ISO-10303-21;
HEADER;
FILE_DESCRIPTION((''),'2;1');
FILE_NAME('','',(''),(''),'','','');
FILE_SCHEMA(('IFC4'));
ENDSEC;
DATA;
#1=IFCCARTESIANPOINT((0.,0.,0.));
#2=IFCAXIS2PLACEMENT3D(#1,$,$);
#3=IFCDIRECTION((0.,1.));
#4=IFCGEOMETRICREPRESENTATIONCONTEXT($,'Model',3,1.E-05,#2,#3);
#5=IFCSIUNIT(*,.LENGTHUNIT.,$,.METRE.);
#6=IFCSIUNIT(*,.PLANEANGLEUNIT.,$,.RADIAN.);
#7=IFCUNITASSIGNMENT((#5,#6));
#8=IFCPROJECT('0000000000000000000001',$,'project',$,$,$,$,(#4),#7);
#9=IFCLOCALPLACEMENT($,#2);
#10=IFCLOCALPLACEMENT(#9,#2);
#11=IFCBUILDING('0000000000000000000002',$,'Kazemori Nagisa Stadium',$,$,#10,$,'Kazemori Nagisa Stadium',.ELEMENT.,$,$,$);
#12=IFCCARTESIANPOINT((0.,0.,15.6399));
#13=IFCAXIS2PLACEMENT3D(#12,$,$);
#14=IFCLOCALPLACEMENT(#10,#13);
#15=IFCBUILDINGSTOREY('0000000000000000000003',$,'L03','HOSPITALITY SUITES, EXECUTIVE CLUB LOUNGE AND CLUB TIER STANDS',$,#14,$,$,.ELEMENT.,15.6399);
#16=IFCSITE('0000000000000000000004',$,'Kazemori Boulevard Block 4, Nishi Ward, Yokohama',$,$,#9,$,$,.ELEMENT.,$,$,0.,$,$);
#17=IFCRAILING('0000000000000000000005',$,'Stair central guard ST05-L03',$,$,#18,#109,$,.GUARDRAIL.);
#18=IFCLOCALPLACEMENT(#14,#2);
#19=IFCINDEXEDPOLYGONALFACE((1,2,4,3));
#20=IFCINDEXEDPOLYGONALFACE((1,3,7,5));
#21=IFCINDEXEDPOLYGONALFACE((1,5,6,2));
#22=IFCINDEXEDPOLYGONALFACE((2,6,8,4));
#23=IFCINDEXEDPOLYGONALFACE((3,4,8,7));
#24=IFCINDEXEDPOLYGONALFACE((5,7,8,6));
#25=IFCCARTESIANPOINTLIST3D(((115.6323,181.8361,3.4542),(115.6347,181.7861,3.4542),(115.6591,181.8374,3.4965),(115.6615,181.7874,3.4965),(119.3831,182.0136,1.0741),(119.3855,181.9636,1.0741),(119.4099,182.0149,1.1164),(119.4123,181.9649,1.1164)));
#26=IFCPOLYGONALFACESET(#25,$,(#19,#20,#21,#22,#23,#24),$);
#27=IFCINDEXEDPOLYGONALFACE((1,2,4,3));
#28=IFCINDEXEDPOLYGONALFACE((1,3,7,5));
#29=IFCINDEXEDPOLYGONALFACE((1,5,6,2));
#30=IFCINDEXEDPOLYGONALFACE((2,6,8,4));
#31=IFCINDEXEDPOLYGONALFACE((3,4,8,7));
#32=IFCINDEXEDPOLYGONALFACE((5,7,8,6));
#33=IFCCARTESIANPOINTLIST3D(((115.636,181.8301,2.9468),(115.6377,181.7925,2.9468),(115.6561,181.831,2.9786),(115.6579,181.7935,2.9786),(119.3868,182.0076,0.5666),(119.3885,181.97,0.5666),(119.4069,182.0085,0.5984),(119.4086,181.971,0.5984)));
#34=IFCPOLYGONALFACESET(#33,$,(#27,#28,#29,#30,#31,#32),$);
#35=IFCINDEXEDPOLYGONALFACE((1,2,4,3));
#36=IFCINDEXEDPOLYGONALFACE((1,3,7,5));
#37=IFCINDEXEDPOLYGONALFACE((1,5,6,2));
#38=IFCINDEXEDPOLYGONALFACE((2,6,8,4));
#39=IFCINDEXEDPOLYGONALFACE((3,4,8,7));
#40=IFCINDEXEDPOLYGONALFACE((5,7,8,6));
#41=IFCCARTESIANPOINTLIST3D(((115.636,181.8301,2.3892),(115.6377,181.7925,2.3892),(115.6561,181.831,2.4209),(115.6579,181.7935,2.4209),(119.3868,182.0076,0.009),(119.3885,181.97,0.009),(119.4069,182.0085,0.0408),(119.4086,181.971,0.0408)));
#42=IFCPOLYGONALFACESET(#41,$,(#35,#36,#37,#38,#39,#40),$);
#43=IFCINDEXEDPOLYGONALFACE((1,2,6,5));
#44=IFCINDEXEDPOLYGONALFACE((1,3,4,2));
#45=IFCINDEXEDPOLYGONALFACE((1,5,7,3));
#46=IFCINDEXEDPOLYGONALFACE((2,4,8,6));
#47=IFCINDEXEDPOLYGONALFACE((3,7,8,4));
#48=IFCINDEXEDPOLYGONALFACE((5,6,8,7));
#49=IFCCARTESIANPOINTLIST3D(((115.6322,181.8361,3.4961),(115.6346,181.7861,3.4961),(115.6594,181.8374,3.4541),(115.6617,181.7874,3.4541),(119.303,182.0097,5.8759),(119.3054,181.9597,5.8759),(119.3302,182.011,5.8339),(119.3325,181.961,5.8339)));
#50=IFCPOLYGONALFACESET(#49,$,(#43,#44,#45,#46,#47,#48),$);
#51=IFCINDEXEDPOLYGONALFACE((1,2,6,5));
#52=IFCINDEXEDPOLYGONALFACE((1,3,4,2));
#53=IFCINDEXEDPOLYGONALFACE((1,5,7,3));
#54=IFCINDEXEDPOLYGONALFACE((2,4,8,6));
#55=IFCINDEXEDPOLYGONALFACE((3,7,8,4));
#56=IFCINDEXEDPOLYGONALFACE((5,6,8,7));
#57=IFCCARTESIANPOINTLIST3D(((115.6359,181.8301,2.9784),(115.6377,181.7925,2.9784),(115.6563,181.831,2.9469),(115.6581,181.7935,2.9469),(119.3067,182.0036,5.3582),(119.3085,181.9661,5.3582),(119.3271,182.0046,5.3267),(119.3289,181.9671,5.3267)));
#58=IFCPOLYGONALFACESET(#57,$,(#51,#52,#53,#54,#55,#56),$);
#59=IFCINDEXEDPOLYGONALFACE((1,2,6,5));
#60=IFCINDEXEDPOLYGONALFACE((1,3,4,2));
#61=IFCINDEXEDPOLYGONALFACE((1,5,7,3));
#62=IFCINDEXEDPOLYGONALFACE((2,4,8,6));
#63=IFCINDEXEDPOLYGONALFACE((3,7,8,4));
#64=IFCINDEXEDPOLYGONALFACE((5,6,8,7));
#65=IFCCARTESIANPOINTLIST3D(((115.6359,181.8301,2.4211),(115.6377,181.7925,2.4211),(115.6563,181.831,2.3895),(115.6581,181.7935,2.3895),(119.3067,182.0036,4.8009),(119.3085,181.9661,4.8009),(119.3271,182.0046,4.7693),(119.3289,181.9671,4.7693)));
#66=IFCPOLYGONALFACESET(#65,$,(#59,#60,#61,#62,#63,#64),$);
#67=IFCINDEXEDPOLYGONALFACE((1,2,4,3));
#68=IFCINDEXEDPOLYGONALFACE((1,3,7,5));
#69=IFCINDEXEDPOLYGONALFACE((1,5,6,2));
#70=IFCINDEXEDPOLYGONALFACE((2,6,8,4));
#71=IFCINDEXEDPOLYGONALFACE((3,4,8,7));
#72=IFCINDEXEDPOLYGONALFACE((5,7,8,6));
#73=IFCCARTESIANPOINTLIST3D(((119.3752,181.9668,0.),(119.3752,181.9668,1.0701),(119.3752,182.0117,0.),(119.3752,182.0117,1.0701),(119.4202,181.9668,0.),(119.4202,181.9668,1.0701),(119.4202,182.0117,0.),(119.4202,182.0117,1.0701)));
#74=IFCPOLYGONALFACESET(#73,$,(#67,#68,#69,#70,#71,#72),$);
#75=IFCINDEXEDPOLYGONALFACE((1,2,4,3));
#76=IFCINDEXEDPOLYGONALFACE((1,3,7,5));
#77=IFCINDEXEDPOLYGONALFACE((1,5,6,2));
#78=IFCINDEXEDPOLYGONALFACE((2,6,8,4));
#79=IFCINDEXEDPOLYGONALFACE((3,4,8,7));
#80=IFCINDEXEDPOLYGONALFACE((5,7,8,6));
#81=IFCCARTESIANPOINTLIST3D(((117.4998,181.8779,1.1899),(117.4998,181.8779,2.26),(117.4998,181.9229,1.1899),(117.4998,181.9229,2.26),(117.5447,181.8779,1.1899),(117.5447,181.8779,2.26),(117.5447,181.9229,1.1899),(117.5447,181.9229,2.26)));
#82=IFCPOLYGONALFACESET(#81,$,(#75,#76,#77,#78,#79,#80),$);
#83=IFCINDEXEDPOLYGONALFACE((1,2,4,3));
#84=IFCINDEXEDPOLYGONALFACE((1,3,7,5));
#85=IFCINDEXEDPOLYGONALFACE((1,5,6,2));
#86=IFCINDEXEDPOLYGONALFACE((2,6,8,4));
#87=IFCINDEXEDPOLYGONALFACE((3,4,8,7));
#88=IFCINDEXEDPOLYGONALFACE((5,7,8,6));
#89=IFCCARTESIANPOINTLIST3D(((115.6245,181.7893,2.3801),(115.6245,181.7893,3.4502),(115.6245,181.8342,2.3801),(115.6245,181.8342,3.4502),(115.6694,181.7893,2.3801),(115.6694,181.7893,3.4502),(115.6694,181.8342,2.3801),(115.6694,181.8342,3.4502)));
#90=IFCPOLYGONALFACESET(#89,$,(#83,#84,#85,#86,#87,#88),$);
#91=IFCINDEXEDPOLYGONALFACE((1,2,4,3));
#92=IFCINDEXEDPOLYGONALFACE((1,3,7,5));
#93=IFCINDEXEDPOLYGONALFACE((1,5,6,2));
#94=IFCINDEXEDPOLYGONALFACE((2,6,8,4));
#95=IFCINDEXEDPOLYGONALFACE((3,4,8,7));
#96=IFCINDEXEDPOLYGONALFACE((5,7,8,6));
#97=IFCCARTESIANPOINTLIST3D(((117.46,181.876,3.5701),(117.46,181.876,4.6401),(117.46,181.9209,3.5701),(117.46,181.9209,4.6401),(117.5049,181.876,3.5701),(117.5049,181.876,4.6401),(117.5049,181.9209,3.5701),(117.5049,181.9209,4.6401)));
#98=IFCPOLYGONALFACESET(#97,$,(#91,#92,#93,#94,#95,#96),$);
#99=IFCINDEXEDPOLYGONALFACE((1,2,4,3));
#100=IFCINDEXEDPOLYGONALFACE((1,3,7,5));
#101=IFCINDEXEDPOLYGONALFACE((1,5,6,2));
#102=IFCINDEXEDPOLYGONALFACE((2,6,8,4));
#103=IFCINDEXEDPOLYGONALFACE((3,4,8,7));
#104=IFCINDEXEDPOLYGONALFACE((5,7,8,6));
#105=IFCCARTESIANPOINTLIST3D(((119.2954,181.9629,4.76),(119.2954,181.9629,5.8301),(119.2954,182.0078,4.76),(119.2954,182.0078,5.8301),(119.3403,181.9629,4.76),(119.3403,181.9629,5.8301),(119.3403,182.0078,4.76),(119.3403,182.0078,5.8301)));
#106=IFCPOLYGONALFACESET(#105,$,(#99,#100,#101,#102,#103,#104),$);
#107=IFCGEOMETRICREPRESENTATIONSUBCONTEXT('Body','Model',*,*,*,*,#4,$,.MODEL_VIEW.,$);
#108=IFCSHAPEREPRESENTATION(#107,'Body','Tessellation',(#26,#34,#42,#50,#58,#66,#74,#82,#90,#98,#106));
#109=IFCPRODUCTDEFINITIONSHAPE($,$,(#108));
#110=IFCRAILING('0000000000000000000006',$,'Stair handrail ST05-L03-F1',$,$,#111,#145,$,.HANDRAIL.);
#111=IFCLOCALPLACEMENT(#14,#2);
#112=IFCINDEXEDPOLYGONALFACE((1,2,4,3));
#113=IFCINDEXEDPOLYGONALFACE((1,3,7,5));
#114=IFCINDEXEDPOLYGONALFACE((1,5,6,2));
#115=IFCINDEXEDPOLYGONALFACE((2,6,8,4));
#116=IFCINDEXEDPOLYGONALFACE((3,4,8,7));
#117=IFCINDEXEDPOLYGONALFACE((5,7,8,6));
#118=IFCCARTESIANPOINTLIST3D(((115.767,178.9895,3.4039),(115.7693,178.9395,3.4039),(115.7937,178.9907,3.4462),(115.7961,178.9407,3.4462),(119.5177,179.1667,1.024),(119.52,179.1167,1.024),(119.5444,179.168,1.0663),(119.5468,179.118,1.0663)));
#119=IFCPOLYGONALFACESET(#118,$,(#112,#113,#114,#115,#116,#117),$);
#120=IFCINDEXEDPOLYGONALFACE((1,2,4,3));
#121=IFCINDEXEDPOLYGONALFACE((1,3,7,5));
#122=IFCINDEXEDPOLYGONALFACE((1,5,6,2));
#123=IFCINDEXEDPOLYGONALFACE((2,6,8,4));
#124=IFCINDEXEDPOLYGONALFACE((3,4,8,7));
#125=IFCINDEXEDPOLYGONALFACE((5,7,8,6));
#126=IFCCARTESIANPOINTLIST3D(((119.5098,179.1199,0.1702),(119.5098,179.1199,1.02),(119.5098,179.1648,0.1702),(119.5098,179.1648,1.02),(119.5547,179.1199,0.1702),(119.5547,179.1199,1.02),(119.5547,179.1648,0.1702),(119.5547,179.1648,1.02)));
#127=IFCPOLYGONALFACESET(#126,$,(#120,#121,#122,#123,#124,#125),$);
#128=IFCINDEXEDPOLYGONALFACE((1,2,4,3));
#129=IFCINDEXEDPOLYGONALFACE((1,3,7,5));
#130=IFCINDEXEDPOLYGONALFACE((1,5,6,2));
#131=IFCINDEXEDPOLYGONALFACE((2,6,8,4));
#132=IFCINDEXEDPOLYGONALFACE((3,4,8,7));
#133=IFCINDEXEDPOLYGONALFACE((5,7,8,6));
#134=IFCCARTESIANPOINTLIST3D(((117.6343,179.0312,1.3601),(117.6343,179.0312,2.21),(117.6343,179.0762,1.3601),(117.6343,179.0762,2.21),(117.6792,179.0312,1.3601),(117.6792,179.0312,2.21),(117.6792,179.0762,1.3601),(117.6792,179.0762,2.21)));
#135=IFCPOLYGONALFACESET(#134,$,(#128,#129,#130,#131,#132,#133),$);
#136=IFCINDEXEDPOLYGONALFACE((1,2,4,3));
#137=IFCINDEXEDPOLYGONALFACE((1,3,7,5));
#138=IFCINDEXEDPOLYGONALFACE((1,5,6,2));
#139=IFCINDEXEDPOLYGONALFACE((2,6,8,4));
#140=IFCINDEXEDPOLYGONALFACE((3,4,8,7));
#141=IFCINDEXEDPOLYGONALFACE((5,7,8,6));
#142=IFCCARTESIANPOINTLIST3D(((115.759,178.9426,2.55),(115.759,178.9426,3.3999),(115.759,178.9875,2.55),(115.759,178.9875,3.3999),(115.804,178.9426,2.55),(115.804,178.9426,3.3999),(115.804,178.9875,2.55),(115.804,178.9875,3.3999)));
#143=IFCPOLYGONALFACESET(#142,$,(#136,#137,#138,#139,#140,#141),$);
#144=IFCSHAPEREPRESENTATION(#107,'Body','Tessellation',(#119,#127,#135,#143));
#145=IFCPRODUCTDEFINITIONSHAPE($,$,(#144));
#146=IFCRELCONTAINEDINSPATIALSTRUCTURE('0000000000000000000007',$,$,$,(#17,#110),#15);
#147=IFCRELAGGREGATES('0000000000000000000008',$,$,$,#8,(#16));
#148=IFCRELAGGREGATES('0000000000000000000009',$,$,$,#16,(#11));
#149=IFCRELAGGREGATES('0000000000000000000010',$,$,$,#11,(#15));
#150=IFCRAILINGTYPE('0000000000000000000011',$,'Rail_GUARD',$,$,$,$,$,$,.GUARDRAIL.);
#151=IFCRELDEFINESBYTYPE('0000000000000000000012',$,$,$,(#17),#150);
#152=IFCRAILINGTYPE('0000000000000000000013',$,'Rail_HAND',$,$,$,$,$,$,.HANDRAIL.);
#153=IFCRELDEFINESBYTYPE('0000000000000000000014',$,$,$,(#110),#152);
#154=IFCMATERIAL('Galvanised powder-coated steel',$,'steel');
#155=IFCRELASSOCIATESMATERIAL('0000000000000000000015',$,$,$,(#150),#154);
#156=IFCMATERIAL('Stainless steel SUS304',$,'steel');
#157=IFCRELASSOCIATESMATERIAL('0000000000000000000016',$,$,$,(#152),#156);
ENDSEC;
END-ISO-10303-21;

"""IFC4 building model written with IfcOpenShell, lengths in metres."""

from ifc_helpers import new_model, si_unit, direction, frame, origin, origin_2d, place, context, subcontext, project, spatial, rectangle, extrude, material, type_object, element, save


model = new_model("IFC4")

# Units and contexts
model_context = context("Model", 3, precision=1e-05, world=origin(), true_north=direction((0.0, 1.0)))
body_context = subcontext(model_context, "Body", "Model", "MODEL_VIEW")
ifc_project = project(units=[si_unit("LENGTHUNIT", "METRE"), si_unit("PLANEANGLEUNIT", "RADIAN")], contexts=[model_context])

# Site, building, storey
site_placement = place(None, origin())
site = spatial("IfcSite", under=ifc_project, at=site_placement, Name="Kazemori Boulevard Block 4, Nishi Ward, Yokohama", CompositionType="ELEMENT", RefElevation=0.0)
building_placement = place(site_placement, origin())
building = spatial("IfcBuilding", under=site, at=building_placement, Name="Kazemori Nagisa Stadium", LongName="Kazemori Nagisa Stadium", CompositionType="ELEMENT")
storey_placement = place(building_placement, frame((0.0, 0.0, 15.6399)))
storey = spatial("IfcBuildingStorey", under=building, at=storey_placement, Name="L03", Description="HOSPITALITY SUITES, EXECUTIVE CLUB LOUNGE AND CLUB TIER STANDS", CompositionType="ELEMENT", Elevation=15.6399)

# Railings
ifc_material_1 = material(Name="Galvanised powder-coated steel", Category="steel")
railing_type_1 = type_object("IfcRailingType", Name="Rail_GUARD", PredefinedType="GUARDRAIL", material=ifc_material_1)
railing_1_placement = place(storey_placement, frame((119.3977, 181.9893, 0.0)))
element("IfcRailing", 1, at=railing_1_placement, inside=storey, type_object=railing_type_1, Name="Stair central guard ST05-L03", PredefinedType="GUARDRAIL", context=body_context, shape_type="SweptSolid", body=[
    extrude(rectangle(XDim=0.05, YDim=0.05, at=origin_2d()), frame((0.0, 0.0, 1.0952), z_axis=(-0.843671, -0.039924, 0.535374), x_axis=(0.047269, -0.998882, 0.0)), (0.0, 0.0, 1.0), 4.4458),
    extrude(rectangle(XDim=0.0376, YDim=0.0376, at=origin_2d()), frame((0.0, 0.0, 0.5825), z_axis=(-0.843671, -0.039924, 0.535374), x_axis=(0.047269, -0.998882, 0.0)), (0.0, 0.0, 1.0), 4.4458),
    extrude(rectangle(XDim=0.0376, YDim=0.0376, at=origin_2d()), frame((0.0, 0.0, 0.0249), z_axis=(-0.843671, -0.039924, 0.535374), x_axis=(0.047269, -0.998882, 0.0)), (0.0, 0.0, 1.0), 4.4458),
    extrude(rectangle(XDim=0.05, YDim=0.05, at=origin_2d()), frame((-3.7507, -0.1775, 3.4751), z_axis=(0.838431, 0.039646, 0.543564), x_axis=(-0.047234, 0.998884, 0.0)), (0.0, 0.0, 1.0), 4.3782),
    extrude(rectangle(XDim=0.0376, YDim=0.0376, at=origin_2d()), frame((-3.7507, -0.1775, 2.9626), z_axis=(0.838431, 0.039646, 0.543564), x_axis=(-0.047234, 0.998884, 0.0)), (0.0, 0.0, 1.0), 4.3782),
    extrude(rectangle(XDim=0.0376, YDim=0.0376, at=origin_2d()), frame((-3.7507, -0.1775, 2.4053), z_axis=(0.838431, 0.039646, 0.543564), x_axis=(-0.047234, 0.998884, 0.0)), (0.0, 0.0, 1.0), 4.3782),
    extrude(rectangle(XDim=0.0449, YDim=0.0449, at=origin_2d()), origin(), (0.0, 0.0, 1.0), 1.0701),
    extrude(rectangle(XDim=0.0449, YDim=0.0449, at=origin_2d()), frame((-1.8755, -0.0889, 1.1899)), (0.0, 0.0, 1.0), 1.0701),
    extrude(rectangle(XDim=0.0449, YDim=0.0449, at=origin_2d()), frame((-3.7507, -0.1775, 2.3801)), (0.0, 0.0, 1.0), 1.0701),
    extrude(rectangle(XDim=0.0449, YDim=0.0449, at=origin_2d()), frame((-1.9153, -0.0908, 3.5701)), (0.0, 0.0, 1.0), 1.0701),
    extrude(rectangle(XDim=0.0449, YDim=0.0449, at=origin_2d()), frame((-0.0798, -0.0039, 4.76)), (0.0, 0.0, 1.0), 1.0701),
])
ifc_material_2 = material(Name="Stainless steel SUS304", Category="steel")
railing_type_2 = type_object("IfcRailingType", Name="Rail_HAND", PredefinedType="HANDRAIL", material=ifc_material_2)
railing_2_placement = place(storey_placement, frame((119.5322, 179.1423, 0.1702)))
element("IfcRailing", 2, at=railing_2_placement, inside=storey, type_object=railing_type_2, Name="Stair handrail ST05-L03-F1", PredefinedType="HANDRAIL", context=body_context, shape_type="SweptSolid", body=[
    extrude(rectangle(XDim=0.05, YDim=0.05, at=origin_2d()), frame((0.0, 0.0, 0.875), z_axis=(-0.843698, -0.03987, 0.535336), x_axis=(0.047204, -0.998885, 0.0)), (0.0, 0.0, 1.0), 4.4456),
    extrude(rectangle(XDim=0.0449, YDim=0.0449, at=origin_2d()), origin(), (0.0, 0.0, 1.0), 0.8499),
    extrude(rectangle(XDim=0.0449, YDim=0.0449, at=origin_2d()), frame((-1.8755, -0.0886, 1.1899)), (0.0, 0.0, 1.0), 0.8499),
    extrude(rectangle(XDim=0.0449, YDim=0.0449, at=origin_2d()), frame((-3.7507, -0.1772, 2.3799)), (0.0, 0.0, 1.0), 0.8499),
])

save(model, "model.ifc")
